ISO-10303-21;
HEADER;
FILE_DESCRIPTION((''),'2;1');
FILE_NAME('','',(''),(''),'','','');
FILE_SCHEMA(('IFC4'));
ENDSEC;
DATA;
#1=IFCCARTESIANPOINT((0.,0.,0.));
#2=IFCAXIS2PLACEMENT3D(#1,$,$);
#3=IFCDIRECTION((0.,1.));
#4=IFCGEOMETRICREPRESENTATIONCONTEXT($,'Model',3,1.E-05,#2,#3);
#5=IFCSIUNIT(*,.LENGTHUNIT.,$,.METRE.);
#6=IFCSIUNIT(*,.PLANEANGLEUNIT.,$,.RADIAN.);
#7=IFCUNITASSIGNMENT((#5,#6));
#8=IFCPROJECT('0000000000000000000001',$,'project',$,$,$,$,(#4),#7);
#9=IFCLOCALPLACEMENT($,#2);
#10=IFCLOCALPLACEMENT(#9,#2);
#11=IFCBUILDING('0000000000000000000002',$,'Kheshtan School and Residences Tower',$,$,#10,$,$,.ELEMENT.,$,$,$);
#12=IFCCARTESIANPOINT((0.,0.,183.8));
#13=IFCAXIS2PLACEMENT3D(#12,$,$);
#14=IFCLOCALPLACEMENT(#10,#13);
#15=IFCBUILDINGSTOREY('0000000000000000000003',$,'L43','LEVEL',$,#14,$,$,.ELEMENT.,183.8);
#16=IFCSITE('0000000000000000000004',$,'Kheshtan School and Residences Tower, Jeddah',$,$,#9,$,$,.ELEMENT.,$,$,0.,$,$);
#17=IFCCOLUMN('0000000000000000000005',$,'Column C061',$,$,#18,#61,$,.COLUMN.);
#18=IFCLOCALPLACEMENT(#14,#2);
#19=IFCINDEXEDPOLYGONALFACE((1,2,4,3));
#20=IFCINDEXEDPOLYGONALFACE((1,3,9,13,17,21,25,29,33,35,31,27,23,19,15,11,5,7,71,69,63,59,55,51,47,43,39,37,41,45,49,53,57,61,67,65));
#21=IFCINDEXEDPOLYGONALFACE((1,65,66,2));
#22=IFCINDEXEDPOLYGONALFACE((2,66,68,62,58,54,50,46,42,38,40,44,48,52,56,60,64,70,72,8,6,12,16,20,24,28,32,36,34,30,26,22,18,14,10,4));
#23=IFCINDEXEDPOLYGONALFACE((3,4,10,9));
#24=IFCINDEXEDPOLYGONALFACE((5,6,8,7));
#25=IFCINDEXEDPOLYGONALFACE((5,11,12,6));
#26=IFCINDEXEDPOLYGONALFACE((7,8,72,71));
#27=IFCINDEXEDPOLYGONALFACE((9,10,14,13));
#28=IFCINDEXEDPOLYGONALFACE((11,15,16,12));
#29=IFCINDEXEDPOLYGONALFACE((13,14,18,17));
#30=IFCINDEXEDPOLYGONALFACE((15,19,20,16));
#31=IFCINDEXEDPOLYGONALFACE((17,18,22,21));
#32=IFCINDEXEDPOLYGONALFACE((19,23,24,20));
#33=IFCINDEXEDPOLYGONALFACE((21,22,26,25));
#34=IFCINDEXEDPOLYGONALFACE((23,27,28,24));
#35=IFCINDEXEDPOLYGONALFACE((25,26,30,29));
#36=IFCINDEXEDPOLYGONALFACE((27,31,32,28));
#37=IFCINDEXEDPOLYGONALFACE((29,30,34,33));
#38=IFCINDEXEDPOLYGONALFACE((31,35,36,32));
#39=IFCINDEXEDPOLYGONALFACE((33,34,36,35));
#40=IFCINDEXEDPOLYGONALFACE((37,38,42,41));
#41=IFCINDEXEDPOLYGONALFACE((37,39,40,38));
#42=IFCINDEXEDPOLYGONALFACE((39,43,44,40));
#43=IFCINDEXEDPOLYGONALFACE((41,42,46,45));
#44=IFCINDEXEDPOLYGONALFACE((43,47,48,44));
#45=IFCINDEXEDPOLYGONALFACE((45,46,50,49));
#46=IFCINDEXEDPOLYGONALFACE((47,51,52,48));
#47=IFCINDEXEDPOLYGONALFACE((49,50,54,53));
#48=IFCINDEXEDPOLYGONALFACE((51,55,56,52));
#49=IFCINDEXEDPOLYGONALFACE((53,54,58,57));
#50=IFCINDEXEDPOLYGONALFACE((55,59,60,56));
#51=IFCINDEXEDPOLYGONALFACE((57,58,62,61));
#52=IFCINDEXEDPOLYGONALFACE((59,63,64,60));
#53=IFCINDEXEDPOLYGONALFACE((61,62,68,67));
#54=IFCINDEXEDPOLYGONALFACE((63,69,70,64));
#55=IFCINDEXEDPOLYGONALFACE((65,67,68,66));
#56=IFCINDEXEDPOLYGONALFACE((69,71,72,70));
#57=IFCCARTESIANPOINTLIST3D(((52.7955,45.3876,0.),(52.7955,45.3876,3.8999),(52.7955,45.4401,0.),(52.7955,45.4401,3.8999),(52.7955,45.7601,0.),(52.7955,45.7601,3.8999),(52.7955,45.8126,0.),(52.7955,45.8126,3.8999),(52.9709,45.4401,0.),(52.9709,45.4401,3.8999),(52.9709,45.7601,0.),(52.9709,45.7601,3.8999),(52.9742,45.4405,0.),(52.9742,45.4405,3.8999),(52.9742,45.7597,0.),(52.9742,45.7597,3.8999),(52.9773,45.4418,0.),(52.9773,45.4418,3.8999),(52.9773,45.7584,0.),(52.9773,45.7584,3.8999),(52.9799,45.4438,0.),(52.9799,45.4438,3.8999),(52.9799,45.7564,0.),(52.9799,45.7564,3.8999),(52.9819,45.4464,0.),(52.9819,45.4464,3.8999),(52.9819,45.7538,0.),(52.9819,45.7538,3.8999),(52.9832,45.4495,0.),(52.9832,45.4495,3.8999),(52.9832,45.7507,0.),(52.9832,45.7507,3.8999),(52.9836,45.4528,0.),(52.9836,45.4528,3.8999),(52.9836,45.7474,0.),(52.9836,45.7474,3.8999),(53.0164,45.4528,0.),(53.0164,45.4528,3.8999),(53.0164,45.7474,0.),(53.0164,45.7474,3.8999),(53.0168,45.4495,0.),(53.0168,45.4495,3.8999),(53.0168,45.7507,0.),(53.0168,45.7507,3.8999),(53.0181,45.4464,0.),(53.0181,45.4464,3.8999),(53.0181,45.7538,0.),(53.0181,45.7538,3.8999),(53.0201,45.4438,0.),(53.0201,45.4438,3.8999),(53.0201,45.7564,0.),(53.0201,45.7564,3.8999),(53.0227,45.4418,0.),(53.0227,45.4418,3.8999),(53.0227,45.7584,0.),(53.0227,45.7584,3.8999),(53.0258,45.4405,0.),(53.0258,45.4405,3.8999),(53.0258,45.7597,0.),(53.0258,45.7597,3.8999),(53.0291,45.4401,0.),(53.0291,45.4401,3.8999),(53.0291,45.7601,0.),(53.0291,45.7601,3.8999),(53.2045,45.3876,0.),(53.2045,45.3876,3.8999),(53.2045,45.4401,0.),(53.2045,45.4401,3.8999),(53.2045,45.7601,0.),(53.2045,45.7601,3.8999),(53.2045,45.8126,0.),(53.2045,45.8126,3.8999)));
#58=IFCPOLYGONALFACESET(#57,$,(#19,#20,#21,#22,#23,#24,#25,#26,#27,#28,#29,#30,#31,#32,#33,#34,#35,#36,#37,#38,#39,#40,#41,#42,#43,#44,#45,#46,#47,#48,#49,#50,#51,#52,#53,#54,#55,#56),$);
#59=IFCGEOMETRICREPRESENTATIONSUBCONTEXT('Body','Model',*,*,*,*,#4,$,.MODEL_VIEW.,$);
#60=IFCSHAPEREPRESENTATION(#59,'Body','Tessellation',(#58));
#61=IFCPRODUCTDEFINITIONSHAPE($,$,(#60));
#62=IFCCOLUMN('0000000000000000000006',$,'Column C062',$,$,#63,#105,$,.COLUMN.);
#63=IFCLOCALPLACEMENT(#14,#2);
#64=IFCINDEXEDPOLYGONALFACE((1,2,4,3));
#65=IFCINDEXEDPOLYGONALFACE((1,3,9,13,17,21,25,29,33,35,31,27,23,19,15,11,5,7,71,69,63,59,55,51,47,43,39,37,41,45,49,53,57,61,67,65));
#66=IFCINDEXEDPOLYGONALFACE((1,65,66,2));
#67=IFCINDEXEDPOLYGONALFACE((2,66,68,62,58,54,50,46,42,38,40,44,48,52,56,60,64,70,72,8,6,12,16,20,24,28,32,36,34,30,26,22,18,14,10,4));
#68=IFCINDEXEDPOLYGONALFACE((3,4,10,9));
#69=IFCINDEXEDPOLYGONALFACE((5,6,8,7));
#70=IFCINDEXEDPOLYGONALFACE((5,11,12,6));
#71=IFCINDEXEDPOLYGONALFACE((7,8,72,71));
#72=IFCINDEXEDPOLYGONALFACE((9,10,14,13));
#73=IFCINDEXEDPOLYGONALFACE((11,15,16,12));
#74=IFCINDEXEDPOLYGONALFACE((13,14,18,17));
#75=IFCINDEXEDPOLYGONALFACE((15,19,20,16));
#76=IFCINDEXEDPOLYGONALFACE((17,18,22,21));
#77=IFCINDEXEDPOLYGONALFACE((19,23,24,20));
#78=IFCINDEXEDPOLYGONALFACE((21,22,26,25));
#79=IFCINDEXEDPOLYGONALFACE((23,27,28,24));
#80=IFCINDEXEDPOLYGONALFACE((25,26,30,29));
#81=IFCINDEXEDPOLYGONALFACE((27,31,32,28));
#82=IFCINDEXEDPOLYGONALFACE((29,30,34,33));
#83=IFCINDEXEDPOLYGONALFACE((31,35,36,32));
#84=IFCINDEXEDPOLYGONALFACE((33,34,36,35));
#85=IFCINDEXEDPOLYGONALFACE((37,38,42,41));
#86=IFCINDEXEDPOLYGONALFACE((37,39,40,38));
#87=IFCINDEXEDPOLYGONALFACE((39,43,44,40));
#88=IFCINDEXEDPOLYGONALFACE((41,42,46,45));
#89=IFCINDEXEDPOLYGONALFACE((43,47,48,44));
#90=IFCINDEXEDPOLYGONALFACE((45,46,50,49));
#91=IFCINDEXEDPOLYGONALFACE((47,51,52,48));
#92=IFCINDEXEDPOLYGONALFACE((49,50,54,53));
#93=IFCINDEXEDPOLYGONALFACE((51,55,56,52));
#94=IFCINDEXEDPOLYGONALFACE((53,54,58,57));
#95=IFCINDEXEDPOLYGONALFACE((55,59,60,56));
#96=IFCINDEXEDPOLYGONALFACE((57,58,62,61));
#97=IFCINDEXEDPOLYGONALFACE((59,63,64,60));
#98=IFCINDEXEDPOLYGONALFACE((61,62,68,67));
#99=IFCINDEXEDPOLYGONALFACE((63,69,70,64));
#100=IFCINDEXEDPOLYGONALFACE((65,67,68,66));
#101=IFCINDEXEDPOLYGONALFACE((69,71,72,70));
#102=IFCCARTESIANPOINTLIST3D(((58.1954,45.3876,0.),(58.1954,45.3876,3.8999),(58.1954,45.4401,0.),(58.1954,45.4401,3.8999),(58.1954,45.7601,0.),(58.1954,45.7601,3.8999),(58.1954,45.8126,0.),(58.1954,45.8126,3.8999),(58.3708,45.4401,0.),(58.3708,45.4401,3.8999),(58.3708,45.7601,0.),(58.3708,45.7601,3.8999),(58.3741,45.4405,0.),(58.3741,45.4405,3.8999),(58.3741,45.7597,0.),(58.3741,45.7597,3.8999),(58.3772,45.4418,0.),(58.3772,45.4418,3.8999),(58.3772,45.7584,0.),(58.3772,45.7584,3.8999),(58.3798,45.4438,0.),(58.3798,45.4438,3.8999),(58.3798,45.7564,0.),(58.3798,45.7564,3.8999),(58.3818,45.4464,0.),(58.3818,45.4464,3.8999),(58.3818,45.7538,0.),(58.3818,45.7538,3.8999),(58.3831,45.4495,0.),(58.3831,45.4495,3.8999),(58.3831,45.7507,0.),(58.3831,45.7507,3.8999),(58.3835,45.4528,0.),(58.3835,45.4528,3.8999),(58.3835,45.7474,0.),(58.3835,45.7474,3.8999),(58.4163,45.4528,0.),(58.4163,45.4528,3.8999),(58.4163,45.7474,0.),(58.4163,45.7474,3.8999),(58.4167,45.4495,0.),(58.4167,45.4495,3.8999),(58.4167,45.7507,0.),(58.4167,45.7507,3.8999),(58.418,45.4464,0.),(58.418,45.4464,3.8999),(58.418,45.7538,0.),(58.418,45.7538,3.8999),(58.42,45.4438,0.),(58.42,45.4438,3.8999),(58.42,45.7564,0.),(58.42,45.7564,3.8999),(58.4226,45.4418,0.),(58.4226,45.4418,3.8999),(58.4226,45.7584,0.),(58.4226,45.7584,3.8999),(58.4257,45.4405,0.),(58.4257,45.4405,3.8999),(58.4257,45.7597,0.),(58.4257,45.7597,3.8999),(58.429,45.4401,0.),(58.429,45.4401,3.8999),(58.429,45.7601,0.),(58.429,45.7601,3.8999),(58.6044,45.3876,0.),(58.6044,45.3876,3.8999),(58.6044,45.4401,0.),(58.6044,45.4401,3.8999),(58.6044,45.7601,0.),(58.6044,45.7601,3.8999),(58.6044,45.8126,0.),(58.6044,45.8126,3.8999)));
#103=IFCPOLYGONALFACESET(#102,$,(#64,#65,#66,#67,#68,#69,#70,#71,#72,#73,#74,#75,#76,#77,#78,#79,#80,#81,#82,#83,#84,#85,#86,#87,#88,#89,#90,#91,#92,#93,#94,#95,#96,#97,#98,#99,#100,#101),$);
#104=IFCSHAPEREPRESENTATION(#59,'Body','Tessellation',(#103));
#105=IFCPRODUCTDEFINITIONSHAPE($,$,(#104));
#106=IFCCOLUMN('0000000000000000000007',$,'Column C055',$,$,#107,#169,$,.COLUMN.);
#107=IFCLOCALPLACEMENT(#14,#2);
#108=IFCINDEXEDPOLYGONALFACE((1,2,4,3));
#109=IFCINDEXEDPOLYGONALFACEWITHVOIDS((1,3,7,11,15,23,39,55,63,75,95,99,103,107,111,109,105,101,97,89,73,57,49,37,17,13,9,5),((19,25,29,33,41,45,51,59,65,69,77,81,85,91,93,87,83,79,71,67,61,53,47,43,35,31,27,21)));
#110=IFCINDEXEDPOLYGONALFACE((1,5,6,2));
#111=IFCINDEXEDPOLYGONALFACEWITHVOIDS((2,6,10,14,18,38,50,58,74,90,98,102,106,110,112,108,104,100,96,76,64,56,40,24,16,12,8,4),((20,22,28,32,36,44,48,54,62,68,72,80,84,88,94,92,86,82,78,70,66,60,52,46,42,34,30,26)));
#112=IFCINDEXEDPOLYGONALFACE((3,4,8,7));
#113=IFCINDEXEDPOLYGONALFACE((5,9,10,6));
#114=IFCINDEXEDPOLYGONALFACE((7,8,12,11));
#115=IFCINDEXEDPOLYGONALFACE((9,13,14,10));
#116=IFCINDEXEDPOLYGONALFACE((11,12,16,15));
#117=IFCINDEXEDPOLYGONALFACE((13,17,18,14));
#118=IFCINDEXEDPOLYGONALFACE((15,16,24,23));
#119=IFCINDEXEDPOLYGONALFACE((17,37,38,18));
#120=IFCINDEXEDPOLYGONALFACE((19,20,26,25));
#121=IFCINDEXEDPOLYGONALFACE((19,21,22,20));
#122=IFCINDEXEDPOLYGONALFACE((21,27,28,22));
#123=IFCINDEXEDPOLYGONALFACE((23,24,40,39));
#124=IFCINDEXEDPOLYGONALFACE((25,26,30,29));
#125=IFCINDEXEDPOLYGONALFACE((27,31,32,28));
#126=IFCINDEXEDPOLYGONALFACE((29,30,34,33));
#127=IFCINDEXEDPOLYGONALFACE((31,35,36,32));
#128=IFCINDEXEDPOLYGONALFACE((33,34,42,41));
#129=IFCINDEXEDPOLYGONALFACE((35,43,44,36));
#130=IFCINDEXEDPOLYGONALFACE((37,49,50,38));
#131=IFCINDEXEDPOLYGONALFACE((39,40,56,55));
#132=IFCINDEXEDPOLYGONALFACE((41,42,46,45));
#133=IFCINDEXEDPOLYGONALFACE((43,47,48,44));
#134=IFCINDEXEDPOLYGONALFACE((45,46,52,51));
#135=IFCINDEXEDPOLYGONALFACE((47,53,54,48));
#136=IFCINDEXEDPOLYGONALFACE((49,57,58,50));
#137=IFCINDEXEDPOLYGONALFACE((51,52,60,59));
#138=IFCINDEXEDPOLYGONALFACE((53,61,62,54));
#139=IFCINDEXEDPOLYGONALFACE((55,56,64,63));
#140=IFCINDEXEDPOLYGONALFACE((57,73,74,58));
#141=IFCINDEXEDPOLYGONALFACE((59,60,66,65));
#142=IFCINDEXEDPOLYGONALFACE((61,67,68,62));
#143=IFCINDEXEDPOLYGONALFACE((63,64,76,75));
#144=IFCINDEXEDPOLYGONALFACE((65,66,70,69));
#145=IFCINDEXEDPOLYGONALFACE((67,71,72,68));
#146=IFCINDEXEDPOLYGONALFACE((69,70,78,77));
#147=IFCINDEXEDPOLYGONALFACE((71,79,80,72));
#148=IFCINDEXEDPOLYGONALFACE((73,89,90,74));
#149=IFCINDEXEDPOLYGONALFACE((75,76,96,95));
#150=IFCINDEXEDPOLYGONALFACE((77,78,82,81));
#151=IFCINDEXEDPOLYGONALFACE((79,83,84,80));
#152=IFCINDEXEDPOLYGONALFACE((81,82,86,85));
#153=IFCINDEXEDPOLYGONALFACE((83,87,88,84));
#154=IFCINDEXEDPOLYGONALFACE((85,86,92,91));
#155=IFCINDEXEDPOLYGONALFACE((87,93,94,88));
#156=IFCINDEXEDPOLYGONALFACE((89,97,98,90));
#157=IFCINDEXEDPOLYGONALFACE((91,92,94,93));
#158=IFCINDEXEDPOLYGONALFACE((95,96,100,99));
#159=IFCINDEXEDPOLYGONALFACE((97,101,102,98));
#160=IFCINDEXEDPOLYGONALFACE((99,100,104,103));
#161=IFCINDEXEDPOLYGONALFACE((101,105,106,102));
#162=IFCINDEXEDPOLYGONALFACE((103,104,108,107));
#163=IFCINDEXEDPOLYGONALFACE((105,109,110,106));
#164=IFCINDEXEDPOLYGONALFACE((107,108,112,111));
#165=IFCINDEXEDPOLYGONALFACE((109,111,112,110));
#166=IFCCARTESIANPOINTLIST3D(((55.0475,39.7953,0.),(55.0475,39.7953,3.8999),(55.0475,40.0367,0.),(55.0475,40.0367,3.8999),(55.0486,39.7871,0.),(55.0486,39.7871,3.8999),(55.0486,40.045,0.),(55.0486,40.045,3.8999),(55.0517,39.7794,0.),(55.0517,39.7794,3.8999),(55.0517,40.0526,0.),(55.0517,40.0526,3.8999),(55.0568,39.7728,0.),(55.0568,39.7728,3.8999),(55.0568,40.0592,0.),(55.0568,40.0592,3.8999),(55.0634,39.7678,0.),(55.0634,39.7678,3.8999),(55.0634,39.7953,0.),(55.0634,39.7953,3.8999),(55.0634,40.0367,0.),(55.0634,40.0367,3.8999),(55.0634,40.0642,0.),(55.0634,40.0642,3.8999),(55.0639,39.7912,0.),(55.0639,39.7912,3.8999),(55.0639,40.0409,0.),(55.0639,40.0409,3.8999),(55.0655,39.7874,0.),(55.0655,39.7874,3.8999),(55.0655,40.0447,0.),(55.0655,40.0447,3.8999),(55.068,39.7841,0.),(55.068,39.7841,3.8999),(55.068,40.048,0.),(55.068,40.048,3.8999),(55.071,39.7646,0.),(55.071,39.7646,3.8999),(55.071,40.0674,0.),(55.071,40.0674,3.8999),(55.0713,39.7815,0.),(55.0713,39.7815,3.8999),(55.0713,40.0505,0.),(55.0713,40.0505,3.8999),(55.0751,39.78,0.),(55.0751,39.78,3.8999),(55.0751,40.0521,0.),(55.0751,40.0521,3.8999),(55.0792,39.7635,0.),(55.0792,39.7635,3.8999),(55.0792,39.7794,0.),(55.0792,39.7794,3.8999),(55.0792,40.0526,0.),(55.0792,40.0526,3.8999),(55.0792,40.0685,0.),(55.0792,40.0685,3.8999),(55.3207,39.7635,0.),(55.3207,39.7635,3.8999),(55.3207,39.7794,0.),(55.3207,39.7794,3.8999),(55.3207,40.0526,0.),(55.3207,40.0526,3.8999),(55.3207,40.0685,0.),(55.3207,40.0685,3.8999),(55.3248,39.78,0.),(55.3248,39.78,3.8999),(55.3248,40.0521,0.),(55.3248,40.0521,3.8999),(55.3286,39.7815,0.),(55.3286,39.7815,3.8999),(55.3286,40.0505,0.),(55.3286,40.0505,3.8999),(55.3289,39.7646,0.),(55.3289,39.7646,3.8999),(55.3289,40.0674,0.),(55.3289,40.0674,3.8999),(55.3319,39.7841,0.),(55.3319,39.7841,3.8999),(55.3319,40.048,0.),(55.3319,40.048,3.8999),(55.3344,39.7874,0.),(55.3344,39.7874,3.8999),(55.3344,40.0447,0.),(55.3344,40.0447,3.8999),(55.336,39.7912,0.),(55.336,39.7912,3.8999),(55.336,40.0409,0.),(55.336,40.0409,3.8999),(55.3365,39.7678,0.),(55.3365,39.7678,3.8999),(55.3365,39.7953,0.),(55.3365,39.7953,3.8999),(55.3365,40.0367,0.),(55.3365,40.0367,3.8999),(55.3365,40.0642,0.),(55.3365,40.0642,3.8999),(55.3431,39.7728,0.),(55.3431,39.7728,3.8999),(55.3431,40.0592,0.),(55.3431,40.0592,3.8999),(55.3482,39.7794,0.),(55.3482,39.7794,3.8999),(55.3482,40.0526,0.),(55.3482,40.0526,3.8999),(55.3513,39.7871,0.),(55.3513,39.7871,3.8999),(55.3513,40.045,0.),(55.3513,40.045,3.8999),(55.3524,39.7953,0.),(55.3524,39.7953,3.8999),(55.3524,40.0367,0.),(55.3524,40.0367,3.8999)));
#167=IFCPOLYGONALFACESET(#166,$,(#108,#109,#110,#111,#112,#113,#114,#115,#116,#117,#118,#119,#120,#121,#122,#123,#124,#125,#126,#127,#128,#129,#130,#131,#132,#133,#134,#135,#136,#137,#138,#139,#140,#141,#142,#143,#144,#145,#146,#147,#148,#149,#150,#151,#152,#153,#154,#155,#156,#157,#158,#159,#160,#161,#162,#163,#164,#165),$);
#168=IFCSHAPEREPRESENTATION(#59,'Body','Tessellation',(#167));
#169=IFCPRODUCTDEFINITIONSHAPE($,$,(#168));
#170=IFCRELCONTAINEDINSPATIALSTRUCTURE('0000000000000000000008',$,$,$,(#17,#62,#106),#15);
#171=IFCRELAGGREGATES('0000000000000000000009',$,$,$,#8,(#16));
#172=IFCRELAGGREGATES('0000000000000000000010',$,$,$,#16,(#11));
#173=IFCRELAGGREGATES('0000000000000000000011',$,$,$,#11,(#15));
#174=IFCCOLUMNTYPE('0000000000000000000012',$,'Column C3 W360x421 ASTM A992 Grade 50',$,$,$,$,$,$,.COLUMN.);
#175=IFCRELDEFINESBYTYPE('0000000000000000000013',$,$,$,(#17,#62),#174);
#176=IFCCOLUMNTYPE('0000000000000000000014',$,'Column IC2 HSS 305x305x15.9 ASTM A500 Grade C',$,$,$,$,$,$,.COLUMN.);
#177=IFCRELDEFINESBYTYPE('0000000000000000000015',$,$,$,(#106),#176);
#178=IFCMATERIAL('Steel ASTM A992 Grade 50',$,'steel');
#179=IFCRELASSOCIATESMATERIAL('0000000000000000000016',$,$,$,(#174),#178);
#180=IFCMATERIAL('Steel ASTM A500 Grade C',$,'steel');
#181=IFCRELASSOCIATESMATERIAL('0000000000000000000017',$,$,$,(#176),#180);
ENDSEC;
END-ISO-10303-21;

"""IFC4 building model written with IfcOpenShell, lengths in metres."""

from ifc_helpers import new_model, si_unit, direction, frame, origin, origin_2d, place, context, subcontext, project, spatial, hollow_rectangle, i_section, extrude, material, material_profile, profile_set, type_object, element, save


model = new_model("IFC4")

# Units and contexts
model_context = context("Model", 3, precision=1e-05, world=origin(), true_north=direction((0.0, 1.0)))
body_context = subcontext(model_context, "Body", "Model", "MODEL_VIEW")
ifc_project = project(units=[si_unit("LENGTHUNIT", "METRE"), si_unit("PLANEANGLEUNIT", "RADIAN")], contexts=[model_context])

# Site, building, storey
site_placement = place(None, origin())
site = spatial("IfcSite", under=ifc_project, at=site_placement, Name="Kheshtan School and Residences Tower, Jeddah", CompositionType="ELEMENT", RefElevation=0.0)
building_placement = place(site_placement, origin())
building = spatial("IfcBuilding", under=site, at=building_placement, Name="Kheshtan School and Residences Tower", CompositionType="ELEMENT")
storey_placement = place(building_placement, frame((0.0, 0.0, 183.8)))
storey = spatial("IfcBuildingStorey", under=building, at=storey_placement, Name="L43", Description="LEVEL", CompositionType="ELEMENT", Elevation=183.8)

# Columns
ifc_material_1 = material(Name="Steel ASTM A992 Grade 50", Category="steel")
ifc_material_profile_1 = material_profile(ifc_material_1, i_section(OverallWidth=0.4089, OverallDepth=0.425, WebThickness=0.0327, FlangeThickness=0.0525, FilletRadius=0.0127, at=origin_2d()), Name="W360x421")
ifc_profile_set_1 = profile_set([ifc_material_profile_1], Name="Steel ASTM A992 Grade 50")
column_type_1 = type_object("IfcColumnType", Name="Column C3 W360x421 ASTM A992 Grade 50", PredefinedType="COLUMN", material=ifc_profile_set_1)
for number, where, z_axis, x_axis, name in (
    (1, (53.0, 45.6001, 0.0), (0.0, 0.0, 1.0), (1.0, 0.0, 0.0), "Column C061"),
    (2, (58.3999, 45.6001, 0.0), (0.0, 0.0, 1.0), (1.0, 0.0, 0.0), "Column C062"),
):
    element("IfcColumn", number, at=place(storey_placement, frame(where, z_axis=z_axis, x_axis=x_axis)), inside=storey, type_object=column_type_1, Name=name, PredefinedType="COLUMN", context=body_context, shape_type="SweptSolid", body=[
        extrude(i_section(OverallWidth=0.4089, OverallDepth=0.425, WebThickness=0.0327, FlangeThickness=0.0525, FilletRadius=0.0127, at=origin_2d()), origin(), (0.0, 0.0, 1.0), 3.8999),
    ])
ifc_material_2 = material(Name="Steel ASTM A500 Grade C", Category="steel")
ifc_material_profile_2 = material_profile(ifc_material_2, hollow_rectangle(XDim=0.3049, YDim=0.3049, WallThickness=0.0159, InnerFilletRadius=0.0159, OuterFilletRadius=0.0317, at=origin_2d()), Name="HSS 305x305x15.9")
ifc_profile_set_2 = profile_set([ifc_material_profile_2], Name="Steel ASTM A500 Grade C")
column_type_2 = type_object("IfcColumnType", Name="Column IC2 HSS 305x305x15.9 ASTM A500 Grade C", PredefinedType="COLUMN", material=ifc_profile_set_2)
column_placement = place(storey_placement, frame((55.2, 39.916, 0.0), z_axis=(0.0, 0.0, 1.0), x_axis=(1.0, 0.0, 0.0)))
element("IfcColumn", 3, at=column_placement, inside=storey, type_object=column_type_2, Name="Column C055", PredefinedType="COLUMN", context=body_context, shape_type="SweptSolid", body=[
    extrude(hollow_rectangle(XDim=0.3049, YDim=0.3049, WallThickness=0.0159, InnerFilletRadius=0.0159, OuterFilletRadius=0.0317, at=origin_2d()), origin(), (0.0, 0.0, 1.0), 3.8999),
])

save(model, "model.ifc")
